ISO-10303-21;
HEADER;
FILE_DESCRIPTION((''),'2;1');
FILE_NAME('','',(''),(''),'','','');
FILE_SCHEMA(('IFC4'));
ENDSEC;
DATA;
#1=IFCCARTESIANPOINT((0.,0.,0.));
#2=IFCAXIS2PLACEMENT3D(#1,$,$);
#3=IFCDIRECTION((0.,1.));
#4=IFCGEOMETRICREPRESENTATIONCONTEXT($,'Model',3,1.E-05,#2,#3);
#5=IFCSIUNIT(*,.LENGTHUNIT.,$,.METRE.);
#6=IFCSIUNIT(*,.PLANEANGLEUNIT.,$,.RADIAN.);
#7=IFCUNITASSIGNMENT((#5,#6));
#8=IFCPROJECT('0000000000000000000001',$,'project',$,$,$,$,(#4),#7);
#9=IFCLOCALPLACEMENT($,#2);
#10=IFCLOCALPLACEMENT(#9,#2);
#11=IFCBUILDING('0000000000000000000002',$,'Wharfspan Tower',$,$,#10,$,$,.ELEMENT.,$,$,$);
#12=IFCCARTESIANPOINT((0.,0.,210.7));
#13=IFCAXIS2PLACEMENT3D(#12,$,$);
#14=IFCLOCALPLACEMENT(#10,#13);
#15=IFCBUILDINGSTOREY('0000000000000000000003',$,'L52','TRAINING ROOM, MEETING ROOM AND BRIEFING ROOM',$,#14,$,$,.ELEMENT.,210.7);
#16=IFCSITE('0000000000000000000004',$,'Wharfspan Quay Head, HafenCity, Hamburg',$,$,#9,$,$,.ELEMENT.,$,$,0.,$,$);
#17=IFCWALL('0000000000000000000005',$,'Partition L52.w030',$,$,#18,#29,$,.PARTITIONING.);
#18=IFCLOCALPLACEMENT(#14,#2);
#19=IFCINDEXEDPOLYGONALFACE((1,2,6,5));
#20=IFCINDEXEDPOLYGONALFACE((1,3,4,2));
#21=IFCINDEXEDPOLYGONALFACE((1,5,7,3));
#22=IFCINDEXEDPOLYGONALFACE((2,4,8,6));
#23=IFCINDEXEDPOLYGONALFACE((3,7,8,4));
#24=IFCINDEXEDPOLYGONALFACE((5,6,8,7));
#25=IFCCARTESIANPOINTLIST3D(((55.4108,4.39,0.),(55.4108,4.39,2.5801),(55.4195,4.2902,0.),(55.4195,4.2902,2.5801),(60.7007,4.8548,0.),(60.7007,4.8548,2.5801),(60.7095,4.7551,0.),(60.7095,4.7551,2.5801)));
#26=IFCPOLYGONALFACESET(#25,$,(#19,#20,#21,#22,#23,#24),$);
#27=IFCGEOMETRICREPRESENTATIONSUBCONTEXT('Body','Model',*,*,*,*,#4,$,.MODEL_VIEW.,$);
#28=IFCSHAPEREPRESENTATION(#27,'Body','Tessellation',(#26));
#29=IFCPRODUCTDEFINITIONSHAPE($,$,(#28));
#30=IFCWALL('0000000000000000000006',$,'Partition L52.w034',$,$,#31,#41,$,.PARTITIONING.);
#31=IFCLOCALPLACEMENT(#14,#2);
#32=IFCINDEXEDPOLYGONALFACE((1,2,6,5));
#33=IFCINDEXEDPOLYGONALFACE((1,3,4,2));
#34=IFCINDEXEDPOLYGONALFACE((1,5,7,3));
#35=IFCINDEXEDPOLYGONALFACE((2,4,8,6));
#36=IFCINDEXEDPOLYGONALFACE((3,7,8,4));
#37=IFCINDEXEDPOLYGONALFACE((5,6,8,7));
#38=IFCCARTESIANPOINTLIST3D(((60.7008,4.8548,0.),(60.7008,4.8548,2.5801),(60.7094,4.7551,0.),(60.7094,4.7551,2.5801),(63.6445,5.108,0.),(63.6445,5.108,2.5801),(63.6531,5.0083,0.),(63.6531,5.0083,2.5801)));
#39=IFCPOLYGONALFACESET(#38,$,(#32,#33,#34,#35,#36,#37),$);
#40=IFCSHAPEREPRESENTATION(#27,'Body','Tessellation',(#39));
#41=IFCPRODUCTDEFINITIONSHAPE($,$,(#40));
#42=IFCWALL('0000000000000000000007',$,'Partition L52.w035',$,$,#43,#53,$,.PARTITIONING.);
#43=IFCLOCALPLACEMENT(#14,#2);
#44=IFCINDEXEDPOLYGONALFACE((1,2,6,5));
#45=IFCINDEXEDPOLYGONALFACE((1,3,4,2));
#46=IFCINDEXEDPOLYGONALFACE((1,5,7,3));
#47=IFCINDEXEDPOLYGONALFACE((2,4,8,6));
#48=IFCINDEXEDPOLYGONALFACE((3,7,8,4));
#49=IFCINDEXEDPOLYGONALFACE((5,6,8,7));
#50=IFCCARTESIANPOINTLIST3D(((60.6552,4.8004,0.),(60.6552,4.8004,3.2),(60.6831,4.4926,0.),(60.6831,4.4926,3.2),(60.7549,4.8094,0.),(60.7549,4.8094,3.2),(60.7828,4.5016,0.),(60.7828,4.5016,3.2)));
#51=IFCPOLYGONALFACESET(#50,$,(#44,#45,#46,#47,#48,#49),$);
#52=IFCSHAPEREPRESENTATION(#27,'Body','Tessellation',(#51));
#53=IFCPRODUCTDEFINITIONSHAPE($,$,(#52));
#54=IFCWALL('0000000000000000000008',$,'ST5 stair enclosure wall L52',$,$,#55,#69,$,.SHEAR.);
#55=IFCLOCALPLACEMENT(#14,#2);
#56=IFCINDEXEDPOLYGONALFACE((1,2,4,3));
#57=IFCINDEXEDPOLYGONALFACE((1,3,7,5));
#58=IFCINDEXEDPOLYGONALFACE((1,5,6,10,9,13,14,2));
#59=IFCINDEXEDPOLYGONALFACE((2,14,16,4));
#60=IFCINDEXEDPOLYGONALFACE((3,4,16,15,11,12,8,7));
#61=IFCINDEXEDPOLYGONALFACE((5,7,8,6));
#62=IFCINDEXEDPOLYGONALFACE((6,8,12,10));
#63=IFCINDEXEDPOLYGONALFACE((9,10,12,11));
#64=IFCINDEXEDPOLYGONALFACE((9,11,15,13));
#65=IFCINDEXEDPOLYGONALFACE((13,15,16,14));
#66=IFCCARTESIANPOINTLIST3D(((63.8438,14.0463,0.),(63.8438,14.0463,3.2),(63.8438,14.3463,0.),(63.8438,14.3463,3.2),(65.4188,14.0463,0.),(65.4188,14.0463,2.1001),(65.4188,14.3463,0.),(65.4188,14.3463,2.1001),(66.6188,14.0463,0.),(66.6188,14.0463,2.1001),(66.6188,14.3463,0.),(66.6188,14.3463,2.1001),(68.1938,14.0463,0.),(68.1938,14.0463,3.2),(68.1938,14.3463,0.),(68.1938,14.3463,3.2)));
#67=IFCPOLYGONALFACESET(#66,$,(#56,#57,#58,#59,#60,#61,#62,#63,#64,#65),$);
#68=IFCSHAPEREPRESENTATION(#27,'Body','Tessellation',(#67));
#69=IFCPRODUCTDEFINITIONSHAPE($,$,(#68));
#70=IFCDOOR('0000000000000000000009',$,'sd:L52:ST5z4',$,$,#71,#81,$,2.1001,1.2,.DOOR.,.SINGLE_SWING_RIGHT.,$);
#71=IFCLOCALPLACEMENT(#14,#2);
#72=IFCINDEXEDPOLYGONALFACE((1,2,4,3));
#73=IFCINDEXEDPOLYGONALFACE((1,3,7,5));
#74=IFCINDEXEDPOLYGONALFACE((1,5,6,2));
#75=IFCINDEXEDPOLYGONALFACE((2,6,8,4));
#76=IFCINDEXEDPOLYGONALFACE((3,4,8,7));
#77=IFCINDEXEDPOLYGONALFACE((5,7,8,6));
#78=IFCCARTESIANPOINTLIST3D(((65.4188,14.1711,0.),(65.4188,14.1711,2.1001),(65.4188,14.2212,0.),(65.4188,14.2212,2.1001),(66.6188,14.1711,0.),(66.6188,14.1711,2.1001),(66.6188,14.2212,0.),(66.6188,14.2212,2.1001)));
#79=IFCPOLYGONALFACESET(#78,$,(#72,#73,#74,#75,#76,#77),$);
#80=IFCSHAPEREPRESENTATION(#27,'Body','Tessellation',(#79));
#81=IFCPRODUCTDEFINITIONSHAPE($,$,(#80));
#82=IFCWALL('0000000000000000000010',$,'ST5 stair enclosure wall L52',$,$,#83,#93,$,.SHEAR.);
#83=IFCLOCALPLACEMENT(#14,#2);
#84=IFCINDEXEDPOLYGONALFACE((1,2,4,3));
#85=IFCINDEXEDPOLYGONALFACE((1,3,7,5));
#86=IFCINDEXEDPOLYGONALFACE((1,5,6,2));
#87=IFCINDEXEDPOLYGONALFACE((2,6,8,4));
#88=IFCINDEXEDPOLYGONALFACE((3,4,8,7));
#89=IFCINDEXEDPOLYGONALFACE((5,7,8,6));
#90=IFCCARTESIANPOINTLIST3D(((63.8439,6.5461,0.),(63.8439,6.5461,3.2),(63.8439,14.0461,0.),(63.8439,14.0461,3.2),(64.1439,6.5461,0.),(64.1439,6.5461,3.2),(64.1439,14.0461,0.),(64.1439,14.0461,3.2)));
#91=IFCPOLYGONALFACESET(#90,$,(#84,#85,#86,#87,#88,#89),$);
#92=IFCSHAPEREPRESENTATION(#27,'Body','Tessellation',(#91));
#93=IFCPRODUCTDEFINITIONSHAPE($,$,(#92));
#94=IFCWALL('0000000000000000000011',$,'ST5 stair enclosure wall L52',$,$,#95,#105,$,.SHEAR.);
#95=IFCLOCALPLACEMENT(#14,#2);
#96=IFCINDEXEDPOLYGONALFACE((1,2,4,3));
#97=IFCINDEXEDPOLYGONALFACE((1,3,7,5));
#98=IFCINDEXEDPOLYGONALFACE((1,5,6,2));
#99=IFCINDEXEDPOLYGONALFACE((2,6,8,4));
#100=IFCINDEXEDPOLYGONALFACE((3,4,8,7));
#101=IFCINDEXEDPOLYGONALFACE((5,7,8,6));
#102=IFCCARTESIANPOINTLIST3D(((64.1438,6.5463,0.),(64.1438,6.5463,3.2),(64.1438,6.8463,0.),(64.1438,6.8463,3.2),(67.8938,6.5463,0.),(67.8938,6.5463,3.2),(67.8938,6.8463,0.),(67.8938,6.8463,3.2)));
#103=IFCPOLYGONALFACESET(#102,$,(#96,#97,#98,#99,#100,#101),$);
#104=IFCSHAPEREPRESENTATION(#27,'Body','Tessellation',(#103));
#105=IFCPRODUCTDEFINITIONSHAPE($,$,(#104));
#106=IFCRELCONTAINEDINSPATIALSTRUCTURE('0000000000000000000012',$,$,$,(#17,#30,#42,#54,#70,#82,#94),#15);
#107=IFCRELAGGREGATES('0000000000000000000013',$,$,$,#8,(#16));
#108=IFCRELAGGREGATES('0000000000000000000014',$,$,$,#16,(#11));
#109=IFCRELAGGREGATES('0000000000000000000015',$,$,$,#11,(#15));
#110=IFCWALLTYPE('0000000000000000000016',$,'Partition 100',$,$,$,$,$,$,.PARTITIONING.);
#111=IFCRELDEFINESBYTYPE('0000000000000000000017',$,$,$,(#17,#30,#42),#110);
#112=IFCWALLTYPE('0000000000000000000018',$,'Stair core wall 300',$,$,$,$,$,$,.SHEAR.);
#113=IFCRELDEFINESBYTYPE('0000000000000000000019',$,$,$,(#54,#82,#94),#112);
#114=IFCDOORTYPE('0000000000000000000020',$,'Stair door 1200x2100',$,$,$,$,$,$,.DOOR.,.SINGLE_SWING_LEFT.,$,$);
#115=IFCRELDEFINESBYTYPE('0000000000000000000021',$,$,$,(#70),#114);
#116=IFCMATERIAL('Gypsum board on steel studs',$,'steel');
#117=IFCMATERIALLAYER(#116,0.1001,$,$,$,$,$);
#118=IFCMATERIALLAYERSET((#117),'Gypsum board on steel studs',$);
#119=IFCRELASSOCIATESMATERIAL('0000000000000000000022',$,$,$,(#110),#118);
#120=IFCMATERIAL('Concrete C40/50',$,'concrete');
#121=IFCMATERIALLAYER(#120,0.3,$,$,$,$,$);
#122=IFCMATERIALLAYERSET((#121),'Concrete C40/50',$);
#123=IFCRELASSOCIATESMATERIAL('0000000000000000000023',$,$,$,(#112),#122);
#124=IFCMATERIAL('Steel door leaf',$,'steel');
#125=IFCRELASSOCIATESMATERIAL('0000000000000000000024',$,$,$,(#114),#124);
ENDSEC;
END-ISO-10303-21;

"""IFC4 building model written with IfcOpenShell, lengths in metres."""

from ifc_helpers import new_model, si_unit, direction, frame, frame_2d, origin, place, context, subcontext, project, spatial, rectangle, extrude, material, layer, layer_set, type_object, element, fill, save


model = new_model("IFC4")

# Units and contexts
model_context = context("Model", 3, precision=1e-05, world=origin(), true_north=direction((0.0, 1.0)))
body_context = subcontext(model_context, "Body", "Model", "MODEL_VIEW")
ifc_project = project(units=[si_unit("LENGTHUNIT", "METRE"), si_unit("PLANEANGLEUNIT", "RADIAN")], contexts=[model_context])

# Site, building, storey
site_placement = place(None, origin())
site = spatial("IfcSite", under=ifc_project, at=site_placement, Name="Wharfspan Quay Head, HafenCity, Hamburg", CompositionType="ELEMENT", RefElevation=0.0)
building_placement = place(site_placement, origin())
building = spatial("IfcBuilding", under=site, at=building_placement, Name="Wharfspan Tower", CompositionType="ELEMENT")
storey_placement = place(building_placement, frame((0.0, 0.0, 210.7)))
storey = spatial("IfcBuildingStorey", under=building, at=storey_placement, Name="L52", Description="TRAINING ROOM, MEETING ROOM AND BRIEFING ROOM", CompositionType="ELEMENT", Elevation=210.7)

# Walls
ifc_material_1 = material(Name="Gypsum board on steel studs", Category="steel")
ifc_layer_1 = layer(ifc_material_1, 0.1001)
ifc_layer_set_1 = layer_set([ifc_layer_1], Name="Gypsum board on steel studs")
wall_type_1 = type_object("IfcWallType", Name="Partition 100", PredefinedType="PARTITIONING", material=ifc_layer_set_1)
wall_1_placement = place(storey_placement, frame((55.415, 4.3401, 0.0), z_axis=(0.0, 0.0, 1.0), x_axis=(0.996159, 0.087534, 0.0)))
element("IfcWall", 1, at=wall_1_placement, inside=storey, type_object=wall_type_1, Name="Partition L52.w030", PredefinedType="PARTITIONING", context=body_context, shape_type="SweptSolid", body=[
    extrude(rectangle(XDim=5.3103, YDim=0.1001, at=frame_2d((2.6553, 0.0))), origin(), (0.0, 0.0, 1.0), 2.5801),
])
wall_2_placement = place(storey_placement, frame((60.7051, 4.8049, 0.0), z_axis=(0.0, 0.0, 1.0), x_axis=(0.996324, 0.085692, 0.0)))
element("IfcWall", 2, at=wall_2_placement, inside=storey, type_object=wall_type_1, Name="Partition L52.w034", PredefinedType="PARTITIONING", context=body_context, shape_type="SweptSolid", body=[
    extrude(rectangle(XDim=2.9546, YDim=0.1001, at=frame_2d((1.4773, 0.0))), origin(), (0.0, 0.0, 1.0), 2.5801),
])
wall_3_placement = place(storey_placement, frame((60.7329, 4.4971, 0.0), z_axis=(0.0, 0.0, 1.0), x_axis=(-0.090037, 0.995936, 0.0)))
element("IfcWall", 3, at=wall_3_placement, inside=storey, type_object=wall_type_1, Name="Partition L52.w035", PredefinedType="PARTITIONING", context=body_context, shape_type="SweptSolid", body=[
    extrude(rectangle(XDim=0.3091, YDim=0.1001, at=frame_2d((0.1545, 0.0))), origin(), (0.0, 0.0, 1.0), 3.2),
])

# Wall, opening, door
ifc_material_2 = material(Name="Concrete C40/50", Category="concrete")
ifc_layer_2 = layer(ifc_material_2, 0.3)
ifc_layer_set_2 = layer_set([ifc_layer_2], Name="Concrete C40/50")
wall_type_2 = type_object("IfcWallType", Name="Stair core wall 300", PredefinedType="SHEAR", material=ifc_layer_set_2)
wall_4_placement = place(storey_placement, frame((63.8438, 14.1963, 0.0), z_axis=(0.0, 0.0, 1.0), x_axis=(1.0, 0.0, 0.0)))
wall_4 = element("IfcWall", 4, at=wall_4_placement, inside=storey, type_object=wall_type_2, Name="ST5 stair enclosure wall L52", PredefinedType="SHEAR", context=body_context, shape_type="SweptSolid", body=[
    extrude(rectangle(XDim=4.3501, YDim=0.3, at=frame_2d((2.175, 0.0))), origin(), (0.0, 0.0, 1.0), 3.2),
])
opening_placement = place(wall_4_placement, frame((1.575, 0.0, 0.0)))
opening = element("IfcOpeningElement", 5, at=opening_placement, cuts=wall_4, PredefinedType="OPENING", context=body_context, shape_type="SweptSolid", body=[
    extrude(rectangle(XDim=1.2, YDim=2.1001, at=frame_2d((0.6001, 1.05))), frame((0.0, 0.1599, 0.0), z_axis=(0.0, -1.0, 0.0), x_axis=(1.0, 0.0, 0.0)), (0.0, 0.0, 1.0), 0.3201),
])
ifc_material_3 = material(Name="Steel door leaf", Category="steel")
door_type = type_object("IfcDoorType", Name="Stair door 1200x2100", OperationType="SINGLE_SWING_LEFT", PredefinedType="DOOR", material=ifc_material_3)
door_placement = place(opening_placement, origin())
door = element("IfcDoor", 6, at=door_placement, inside=storey, type_object=door_type, Name="sd:L52:ST5z4", OperationType="SINGLE_SWING_RIGHT", OverallHeight=2.1001, OverallWidth=1.2, PredefinedType="DOOR", context=body_context, shape_type="SweptSolid", body=[
    extrude(rectangle(XDim=1.2, YDim=2.1001, at=frame_2d((0.6001, 1.05))), frame((0.0, 0.0249, 0.0), z_axis=(0.0, -1.0, 0.0), x_axis=(1.0, 0.0, 0.0)), (0.0, 0.0, 1.0), 0.05),
])
fill(opening, door)

# Walls
wall_5_placement = place(storey_placement, frame((63.9939, 6.5461, 0.0), z_axis=(0.0, 0.0, 1.0), x_axis=(0.0, 1.0, 0.0)))
element("IfcWall", 7, at=wall_5_placement, inside=storey, type_object=wall_type_2, Name="ST5 stair enclosure wall L52", PredefinedType="SHEAR", context=body_context, shape_type="SweptSolid", body=[
    extrude(rectangle(XDim=7.5, YDim=0.3, at=frame_2d((3.75, 0.0))), origin(), (0.0, 0.0, 1.0), 3.2),
])
wall_6_placement = place(storey_placement, frame((64.1438, 6.6963, 0.0), z_axis=(0.0, 0.0, 1.0), x_axis=(1.0, 0.0, 0.0)))
element("IfcWall", 8, at=wall_6_placement, inside=storey, type_object=wall_type_2, Name="ST5 stair enclosure wall L52", PredefinedType="SHEAR", context=body_context, shape_type="SweptSolid", body=[
    extrude(rectangle(XDim=3.75, YDim=0.3, at=frame_2d((1.875, 0.0))), origin(), (0.0, 0.0, 1.0), 3.2),
])

save(model, "model.ifc")
